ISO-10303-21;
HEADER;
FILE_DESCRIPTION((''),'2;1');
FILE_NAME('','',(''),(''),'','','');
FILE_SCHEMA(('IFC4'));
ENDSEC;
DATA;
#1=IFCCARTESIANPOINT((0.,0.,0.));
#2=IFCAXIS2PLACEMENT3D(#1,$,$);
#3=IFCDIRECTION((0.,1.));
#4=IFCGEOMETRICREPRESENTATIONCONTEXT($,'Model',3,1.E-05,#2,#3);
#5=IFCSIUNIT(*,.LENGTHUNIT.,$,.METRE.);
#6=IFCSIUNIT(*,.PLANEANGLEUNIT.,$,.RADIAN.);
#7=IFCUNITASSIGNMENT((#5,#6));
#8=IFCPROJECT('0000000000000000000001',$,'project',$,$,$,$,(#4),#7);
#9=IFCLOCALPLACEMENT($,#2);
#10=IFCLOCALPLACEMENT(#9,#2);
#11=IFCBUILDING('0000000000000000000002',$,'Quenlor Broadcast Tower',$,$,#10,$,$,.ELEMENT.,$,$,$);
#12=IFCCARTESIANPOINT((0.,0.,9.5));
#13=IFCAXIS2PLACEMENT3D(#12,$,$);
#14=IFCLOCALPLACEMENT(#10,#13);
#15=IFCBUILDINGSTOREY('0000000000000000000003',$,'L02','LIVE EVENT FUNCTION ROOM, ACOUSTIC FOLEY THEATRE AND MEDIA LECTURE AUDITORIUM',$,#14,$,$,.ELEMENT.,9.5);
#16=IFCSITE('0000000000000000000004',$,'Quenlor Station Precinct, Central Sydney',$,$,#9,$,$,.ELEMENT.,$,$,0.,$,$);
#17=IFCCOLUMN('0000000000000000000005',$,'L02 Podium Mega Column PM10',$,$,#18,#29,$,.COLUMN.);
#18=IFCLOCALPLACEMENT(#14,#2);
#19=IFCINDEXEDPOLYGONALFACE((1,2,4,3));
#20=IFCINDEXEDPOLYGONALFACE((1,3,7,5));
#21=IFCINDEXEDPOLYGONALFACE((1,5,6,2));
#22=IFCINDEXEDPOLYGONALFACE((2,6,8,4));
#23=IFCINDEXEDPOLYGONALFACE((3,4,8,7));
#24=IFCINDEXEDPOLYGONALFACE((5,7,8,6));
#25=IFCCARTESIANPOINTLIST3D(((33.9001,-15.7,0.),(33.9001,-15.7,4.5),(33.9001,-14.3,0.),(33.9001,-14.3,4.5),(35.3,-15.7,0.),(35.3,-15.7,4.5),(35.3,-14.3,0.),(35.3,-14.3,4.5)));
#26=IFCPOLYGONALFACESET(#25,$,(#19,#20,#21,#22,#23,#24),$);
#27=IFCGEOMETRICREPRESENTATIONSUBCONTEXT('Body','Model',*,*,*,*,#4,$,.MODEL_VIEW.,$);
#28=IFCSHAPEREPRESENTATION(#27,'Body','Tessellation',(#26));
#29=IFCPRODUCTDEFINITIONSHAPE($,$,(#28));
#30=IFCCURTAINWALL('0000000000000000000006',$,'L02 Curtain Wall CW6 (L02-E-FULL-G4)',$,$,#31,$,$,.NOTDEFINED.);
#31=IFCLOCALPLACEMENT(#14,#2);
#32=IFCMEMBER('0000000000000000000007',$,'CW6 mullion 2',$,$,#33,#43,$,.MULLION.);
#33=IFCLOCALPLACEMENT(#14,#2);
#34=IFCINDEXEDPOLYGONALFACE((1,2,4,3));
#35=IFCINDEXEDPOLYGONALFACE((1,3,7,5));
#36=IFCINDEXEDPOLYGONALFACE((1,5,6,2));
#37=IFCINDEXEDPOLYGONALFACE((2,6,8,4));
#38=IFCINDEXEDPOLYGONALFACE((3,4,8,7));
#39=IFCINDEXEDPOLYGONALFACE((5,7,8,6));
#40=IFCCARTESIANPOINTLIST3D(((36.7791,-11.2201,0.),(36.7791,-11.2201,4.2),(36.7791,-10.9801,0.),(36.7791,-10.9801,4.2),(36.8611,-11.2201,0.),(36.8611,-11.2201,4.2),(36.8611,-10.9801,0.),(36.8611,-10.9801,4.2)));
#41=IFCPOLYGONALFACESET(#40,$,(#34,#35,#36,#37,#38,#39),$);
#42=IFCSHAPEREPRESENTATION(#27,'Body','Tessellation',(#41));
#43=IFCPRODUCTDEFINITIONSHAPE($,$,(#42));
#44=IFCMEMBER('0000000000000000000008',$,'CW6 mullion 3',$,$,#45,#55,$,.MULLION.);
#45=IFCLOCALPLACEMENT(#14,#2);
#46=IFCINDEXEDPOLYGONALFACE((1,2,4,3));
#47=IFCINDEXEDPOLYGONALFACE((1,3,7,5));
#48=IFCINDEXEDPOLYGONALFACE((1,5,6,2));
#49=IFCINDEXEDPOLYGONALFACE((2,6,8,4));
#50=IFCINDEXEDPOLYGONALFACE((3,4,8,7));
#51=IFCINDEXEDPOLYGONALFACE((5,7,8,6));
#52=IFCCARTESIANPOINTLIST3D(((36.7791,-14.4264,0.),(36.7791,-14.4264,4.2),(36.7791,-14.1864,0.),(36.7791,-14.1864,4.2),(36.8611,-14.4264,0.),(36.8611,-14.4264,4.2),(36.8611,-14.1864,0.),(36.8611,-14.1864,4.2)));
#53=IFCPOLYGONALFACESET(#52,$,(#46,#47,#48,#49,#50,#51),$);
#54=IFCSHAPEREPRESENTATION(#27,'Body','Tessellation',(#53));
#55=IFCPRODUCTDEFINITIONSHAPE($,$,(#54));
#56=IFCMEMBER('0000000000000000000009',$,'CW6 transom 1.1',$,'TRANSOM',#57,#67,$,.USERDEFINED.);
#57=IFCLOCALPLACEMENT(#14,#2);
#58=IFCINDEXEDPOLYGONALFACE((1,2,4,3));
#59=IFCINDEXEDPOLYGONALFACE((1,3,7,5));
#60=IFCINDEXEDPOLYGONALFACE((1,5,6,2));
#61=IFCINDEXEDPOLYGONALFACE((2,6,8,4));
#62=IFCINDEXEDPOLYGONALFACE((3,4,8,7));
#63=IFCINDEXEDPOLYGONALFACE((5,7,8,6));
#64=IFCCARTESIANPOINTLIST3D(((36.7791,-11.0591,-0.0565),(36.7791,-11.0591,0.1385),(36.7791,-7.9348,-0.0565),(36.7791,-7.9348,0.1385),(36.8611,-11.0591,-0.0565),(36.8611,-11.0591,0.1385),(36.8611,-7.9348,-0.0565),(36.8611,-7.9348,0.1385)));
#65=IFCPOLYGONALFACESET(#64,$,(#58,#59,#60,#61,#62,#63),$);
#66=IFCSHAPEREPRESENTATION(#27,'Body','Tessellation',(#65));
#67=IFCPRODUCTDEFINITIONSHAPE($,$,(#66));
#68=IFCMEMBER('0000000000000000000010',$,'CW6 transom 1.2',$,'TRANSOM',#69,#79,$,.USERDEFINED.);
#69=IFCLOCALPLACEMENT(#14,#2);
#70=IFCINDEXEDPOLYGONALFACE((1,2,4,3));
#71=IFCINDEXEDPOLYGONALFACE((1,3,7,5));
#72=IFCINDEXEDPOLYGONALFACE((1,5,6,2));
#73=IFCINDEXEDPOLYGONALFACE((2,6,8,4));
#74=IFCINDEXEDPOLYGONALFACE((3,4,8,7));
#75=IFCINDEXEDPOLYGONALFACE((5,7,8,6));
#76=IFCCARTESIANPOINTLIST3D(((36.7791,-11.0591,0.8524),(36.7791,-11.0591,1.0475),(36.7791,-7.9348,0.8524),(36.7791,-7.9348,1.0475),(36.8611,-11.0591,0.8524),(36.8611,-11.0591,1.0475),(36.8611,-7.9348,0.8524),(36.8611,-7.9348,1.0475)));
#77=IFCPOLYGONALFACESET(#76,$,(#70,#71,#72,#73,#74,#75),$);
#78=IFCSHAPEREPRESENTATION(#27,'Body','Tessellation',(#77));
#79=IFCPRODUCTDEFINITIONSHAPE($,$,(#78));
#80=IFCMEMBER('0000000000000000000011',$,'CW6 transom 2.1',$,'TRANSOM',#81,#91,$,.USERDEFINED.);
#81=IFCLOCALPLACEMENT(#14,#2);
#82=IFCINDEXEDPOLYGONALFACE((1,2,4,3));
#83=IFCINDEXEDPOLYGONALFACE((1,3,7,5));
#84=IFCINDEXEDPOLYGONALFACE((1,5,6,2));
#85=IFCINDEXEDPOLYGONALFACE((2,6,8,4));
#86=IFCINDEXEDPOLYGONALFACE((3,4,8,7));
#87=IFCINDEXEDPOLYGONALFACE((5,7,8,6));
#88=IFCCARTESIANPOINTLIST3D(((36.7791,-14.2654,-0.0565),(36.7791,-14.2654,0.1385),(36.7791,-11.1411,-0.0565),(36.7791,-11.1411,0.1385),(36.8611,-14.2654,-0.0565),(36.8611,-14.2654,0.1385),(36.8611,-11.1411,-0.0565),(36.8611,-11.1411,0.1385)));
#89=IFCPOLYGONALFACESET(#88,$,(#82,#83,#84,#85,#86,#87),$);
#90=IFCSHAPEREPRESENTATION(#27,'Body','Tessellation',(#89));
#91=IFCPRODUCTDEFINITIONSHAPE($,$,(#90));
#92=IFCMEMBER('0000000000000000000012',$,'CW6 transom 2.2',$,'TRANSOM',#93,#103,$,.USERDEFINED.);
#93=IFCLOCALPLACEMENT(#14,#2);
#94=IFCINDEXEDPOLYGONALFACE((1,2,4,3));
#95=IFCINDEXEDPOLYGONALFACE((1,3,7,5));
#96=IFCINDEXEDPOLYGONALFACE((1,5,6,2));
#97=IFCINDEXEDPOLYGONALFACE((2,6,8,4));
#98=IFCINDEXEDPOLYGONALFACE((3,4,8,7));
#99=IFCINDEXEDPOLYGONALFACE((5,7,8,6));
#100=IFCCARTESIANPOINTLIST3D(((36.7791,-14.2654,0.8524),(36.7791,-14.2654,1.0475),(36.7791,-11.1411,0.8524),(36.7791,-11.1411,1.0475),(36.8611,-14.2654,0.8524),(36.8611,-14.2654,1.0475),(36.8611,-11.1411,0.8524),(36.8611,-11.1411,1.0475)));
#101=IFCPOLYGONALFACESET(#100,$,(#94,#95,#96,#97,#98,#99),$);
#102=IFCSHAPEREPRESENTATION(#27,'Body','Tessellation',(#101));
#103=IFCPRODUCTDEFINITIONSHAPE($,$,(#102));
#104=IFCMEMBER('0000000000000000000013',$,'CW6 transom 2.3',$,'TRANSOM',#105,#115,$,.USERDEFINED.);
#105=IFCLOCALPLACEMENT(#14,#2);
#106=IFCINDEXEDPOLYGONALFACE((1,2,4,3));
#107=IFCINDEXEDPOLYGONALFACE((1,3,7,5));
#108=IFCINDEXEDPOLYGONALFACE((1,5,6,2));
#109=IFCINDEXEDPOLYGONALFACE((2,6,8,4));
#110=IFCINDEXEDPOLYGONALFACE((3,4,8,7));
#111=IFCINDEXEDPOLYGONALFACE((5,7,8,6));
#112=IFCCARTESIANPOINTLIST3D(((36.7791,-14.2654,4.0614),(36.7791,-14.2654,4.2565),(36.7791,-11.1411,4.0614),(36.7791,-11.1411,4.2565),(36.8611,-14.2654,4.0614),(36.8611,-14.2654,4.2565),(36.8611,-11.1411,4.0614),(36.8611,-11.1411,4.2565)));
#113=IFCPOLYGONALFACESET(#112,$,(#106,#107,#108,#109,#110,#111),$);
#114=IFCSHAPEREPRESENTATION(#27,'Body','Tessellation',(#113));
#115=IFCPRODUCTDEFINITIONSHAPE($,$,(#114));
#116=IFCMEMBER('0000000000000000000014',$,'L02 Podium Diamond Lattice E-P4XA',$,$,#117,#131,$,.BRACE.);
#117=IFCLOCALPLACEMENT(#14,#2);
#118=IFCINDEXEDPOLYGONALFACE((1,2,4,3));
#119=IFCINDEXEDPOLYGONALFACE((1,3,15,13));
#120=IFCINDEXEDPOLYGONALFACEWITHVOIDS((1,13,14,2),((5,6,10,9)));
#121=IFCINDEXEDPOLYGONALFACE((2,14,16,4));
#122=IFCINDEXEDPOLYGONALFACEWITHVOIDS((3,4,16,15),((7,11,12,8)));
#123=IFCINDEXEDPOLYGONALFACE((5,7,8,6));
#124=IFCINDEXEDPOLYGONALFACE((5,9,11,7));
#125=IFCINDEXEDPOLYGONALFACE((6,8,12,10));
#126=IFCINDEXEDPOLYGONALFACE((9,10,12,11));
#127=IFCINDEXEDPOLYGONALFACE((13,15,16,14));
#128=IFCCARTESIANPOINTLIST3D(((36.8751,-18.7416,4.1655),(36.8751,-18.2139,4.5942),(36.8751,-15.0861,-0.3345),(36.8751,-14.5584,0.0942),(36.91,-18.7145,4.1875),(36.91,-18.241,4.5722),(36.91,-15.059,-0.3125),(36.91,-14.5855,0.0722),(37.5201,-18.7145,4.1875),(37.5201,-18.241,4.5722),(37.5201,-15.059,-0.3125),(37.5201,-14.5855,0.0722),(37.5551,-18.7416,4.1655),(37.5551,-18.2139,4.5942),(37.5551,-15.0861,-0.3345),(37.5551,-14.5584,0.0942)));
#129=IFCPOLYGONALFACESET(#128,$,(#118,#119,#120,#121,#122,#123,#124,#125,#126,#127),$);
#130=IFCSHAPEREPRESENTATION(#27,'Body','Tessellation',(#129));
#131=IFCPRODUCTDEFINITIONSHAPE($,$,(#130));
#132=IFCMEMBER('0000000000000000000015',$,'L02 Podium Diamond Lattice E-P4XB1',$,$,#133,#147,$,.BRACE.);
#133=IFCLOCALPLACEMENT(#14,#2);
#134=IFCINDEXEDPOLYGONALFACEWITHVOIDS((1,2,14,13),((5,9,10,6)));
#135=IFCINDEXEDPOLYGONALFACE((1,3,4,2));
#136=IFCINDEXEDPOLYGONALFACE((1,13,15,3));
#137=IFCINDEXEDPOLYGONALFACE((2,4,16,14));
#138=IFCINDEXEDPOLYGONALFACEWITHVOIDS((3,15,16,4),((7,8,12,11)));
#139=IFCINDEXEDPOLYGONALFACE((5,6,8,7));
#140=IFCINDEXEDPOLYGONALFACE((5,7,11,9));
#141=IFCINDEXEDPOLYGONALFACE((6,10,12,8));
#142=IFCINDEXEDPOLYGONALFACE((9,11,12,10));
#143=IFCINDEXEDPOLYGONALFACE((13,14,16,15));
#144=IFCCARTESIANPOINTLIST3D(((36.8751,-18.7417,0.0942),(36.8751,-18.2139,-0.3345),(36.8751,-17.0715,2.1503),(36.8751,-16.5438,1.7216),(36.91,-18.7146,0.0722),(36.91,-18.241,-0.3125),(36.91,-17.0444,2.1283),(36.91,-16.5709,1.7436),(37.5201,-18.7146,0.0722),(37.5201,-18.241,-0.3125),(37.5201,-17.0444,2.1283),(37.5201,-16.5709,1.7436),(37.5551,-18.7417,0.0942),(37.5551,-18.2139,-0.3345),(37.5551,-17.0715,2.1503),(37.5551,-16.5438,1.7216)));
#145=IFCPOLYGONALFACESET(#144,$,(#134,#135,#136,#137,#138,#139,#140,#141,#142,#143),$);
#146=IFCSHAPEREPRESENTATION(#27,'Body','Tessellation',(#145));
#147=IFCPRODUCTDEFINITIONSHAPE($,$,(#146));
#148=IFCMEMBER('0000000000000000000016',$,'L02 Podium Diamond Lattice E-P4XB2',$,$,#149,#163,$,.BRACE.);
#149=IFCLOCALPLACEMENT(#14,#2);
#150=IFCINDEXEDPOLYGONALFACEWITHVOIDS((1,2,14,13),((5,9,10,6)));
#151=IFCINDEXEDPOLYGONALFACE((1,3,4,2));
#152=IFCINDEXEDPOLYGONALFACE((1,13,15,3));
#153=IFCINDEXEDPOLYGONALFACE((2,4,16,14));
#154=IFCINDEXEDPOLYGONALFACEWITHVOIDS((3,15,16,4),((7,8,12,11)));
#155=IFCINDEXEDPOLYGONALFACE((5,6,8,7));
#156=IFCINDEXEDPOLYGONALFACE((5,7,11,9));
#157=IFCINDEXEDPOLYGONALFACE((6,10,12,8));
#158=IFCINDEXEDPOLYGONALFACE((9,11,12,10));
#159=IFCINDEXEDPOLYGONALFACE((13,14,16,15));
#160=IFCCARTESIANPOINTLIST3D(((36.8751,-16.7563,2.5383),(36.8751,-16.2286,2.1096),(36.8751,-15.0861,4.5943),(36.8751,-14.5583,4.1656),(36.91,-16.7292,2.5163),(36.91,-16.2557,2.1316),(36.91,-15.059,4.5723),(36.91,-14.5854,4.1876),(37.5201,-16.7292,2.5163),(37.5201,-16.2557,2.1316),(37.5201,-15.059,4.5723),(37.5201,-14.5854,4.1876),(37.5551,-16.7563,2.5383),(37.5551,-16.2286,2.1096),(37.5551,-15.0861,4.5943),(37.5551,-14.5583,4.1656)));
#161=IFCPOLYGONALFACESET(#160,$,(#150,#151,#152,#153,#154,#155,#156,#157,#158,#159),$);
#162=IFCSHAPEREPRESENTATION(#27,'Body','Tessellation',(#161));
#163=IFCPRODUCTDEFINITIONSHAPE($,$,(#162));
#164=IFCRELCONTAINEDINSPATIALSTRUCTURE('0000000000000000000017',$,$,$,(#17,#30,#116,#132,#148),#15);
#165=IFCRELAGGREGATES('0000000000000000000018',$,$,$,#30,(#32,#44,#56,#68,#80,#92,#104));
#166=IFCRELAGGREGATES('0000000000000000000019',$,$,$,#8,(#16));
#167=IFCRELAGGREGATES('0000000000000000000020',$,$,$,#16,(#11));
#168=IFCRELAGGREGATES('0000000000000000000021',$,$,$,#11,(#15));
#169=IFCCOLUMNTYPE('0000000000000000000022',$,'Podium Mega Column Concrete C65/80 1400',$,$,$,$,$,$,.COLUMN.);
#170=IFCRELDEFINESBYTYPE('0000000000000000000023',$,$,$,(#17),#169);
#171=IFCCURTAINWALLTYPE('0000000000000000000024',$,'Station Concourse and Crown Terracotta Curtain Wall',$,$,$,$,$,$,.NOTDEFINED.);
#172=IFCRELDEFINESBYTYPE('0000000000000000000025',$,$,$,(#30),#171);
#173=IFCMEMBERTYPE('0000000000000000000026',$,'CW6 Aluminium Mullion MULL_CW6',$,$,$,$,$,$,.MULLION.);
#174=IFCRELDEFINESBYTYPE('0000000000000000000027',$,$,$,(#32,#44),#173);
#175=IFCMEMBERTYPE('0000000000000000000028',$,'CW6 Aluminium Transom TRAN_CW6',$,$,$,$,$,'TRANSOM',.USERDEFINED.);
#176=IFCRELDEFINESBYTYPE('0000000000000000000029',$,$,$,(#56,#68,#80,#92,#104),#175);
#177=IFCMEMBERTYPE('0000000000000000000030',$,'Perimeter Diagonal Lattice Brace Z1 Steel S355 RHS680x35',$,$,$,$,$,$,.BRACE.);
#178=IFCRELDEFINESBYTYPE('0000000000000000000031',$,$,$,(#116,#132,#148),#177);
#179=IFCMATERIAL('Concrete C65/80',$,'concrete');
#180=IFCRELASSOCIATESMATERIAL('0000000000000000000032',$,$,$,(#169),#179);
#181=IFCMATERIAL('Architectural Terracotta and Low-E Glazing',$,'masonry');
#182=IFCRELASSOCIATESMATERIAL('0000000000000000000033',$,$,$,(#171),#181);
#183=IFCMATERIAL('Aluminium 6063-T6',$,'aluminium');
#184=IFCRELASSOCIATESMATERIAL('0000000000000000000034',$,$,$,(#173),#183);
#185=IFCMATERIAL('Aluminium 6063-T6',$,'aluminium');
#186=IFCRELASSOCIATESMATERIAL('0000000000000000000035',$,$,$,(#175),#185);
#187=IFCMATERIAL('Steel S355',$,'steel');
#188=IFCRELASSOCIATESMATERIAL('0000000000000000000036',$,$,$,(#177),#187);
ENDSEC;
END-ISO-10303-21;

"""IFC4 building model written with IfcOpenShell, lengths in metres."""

from ifc_helpers import new_model, si_unit, direction, frame, origin, origin_2d, place, context, subcontext, project, spatial, rectangle, hollow_rectangle, extrude, material, material_profile, profile_set, type_object, element, aggregate, save


model = new_model("IFC4")

# Units and contexts
model_context = context("Model", 3, precision=1e-05, world=origin(), true_north=direction((0.0, 1.0)))
body_context = subcontext(model_context, "Body", "Model", "MODEL_VIEW")
ifc_project = project(units=[si_unit("LENGTHUNIT", "METRE"), si_unit("PLANEANGLEUNIT", "RADIAN")], contexts=[model_context])

# Site, building, storey
site_placement = place(None, origin())
site = spatial("IfcSite", under=ifc_project, at=site_placement, Name="Quenlor Station Precinct, Central Sydney", CompositionType="ELEMENT", RefElevation=0.0)
building_placement = place(site_placement, origin())
building = spatial("IfcBuilding", under=site, at=building_placement, Name="Quenlor Broadcast Tower", CompositionType="ELEMENT")
storey_placement = place(building_placement, frame((0.0, 0.0, 9.5)))
storey = spatial("IfcBuildingStorey", under=building, at=storey_placement, Name="L02", Description="LIVE EVENT FUNCTION ROOM, ACOUSTIC FOLEY THEATRE AND MEDIA LECTURE AUDITORIUM", CompositionType="ELEMENT", Elevation=9.5)

# Column
ifc_material_1 = material(Name="Concrete C65/80", Category="concrete")
ifc_material_profile_1 = material_profile(ifc_material_1, rectangle(XDim=1.3999, YDim=1.3999, at=origin_2d()))
ifc_profile_set_1 = profile_set([ifc_material_profile_1], Name="Concrete C65/80 RC1400x1400")
column_type = type_object("IfcColumnType", Name="Podium Mega Column Concrete C65/80 1400", PredefinedType="COLUMN", material=ifc_profile_set_1)
column_placement = place(storey_placement, frame((34.6001, -15.0, 0.0), z_axis=(0.0, 0.0, 1.0), x_axis=(1.0, 0.0, 0.0)))
element("IfcColumn", 1, at=column_placement, inside=storey, type_object=column_type, Name="L02 Podium Mega Column PM10", PredefinedType="COLUMN", context=body_context, shape_type="SweptSolid", body=[
    extrude(rectangle(XDim=1.3999, YDim=1.3999, at=origin_2d()), origin(), (0.0, 0.0, 1.0), 4.5),
])

# Curtain wall, members
ifc_material_2 = material(Name="Architectural Terracotta and Low-E Glazing", Category="masonry")
curtain_wall_type = type_object("IfcCurtainWallType", Name="Station Concourse and Crown Terracotta Curtain Wall", PredefinedType="NOTDEFINED", material=ifc_material_2)
curtain_wall_placement = place(storey_placement, origin())
curtain_wall = element("IfcCurtainWall", 2, at=curtain_wall_placement, inside=storey, type_object=curtain_wall_type, Name="L02 Curtain Wall CW6 (L02-E-FULL-G4)", PredefinedType="NOTDEFINED")
ifc_material_3 = material(Name="Aluminium 6063-T6", Category="aluminium")
ifc_material_profile_2 = material_profile(ifc_material_3, rectangle(XDim=0.082, YDim=0.24, at=origin_2d()))
ifc_profile_set_2 = profile_set([ifc_material_profile_2], Name="Aluminium 6063-T6 MULL82x240")
member_type_1 = type_object("IfcMemberType", Name="CW6 Aluminium Mullion MULL_CW6", PredefinedType="MULLION", material=ifc_profile_set_2)
member_1_placement = place(storey_placement, frame((36.8201, -11.1001, 0.0), z_axis=(0.0, 0.0, 1.0), x_axis=(1.0, 0.0, 0.0)))
member_1 = element("IfcMember", 3, at=member_1_placement, type_object=member_type_1, Name="CW6 mullion 2", PredefinedType="MULLION", context=body_context, shape_type="SweptSolid", body=[
    extrude(rectangle(XDim=0.082, YDim=0.24, at=origin_2d()), origin(), (0.0, 0.0, 1.0), 4.2),
])
member_2_placement = place(storey_placement, frame((36.8201, -14.3064, 0.0), z_axis=(0.0, 0.0, 1.0), x_axis=(1.0, 0.0, 0.0)))
member_2 = element("IfcMember", 4, at=member_2_placement, type_object=member_type_1, Name="CW6 mullion 3", PredefinedType="MULLION", context=body_context, shape_type="SweptSolid", body=[
    extrude(rectangle(XDim=0.082, YDim=0.24, at=origin_2d()), origin(), (0.0, 0.0, 1.0), 4.2),
])
ifc_material_4 = material(Name="Aluminium 6063-T6", Category="aluminium")
ifc_material_profile_3 = material_profile(ifc_material_4, rectangle(XDim=0.082, YDim=0.1951, at=origin_2d()))
ifc_profile_set_3 = profile_set([ifc_material_profile_3], Name="Aluminium 6063-T6 TRAN82x195")
member_type_2 = type_object("IfcMemberType", Name="CW6 Aluminium Transom TRAN_CW6", ElementType="TRANSOM", PredefinedType="USERDEFINED", material=ifc_profile_set_3)
member_3_placement = place(storey_placement, frame((36.8201, -7.9348, 0.041), z_axis=(0.0, -1.0, 0.0), x_axis=(1.0, 0.0, 0.0)))
member_3 = element("IfcMember", 5, at=member_3_placement, type_object=member_type_2, Name="CW6 transom 1.1", ObjectType="TRANSOM", PredefinedType="USERDEFINED", context=body_context, shape_type="SweptSolid", body=[
    extrude(rectangle(XDim=0.082, YDim=0.1951, at=origin_2d()), origin(), (0.0, 0.0, 1.0), 3.1243),
])
member_4_placement = place(storey_placement, frame((36.8201, -7.9348, 0.95), z_axis=(0.0, -1.0, 0.0), x_axis=(1.0, 0.0, 0.0)))
member_4 = element("IfcMember", 6, at=member_4_placement, type_object=member_type_2, Name="CW6 transom 1.2", ObjectType="TRANSOM", PredefinedType="USERDEFINED", context=body_context, shape_type="SweptSolid", body=[
    extrude(rectangle(XDim=0.082, YDim=0.1951, at=origin_2d()), origin(), (0.0, 0.0, 1.0), 3.1243),
])
member_5_placement = place(storey_placement, frame((36.8201, -11.1411, 0.041), z_axis=(0.0, -1.0, 0.0), x_axis=(1.0, 0.0, 0.0)))
member_5 = element("IfcMember", 7, at=member_5_placement, type_object=member_type_2, Name="CW6 transom 2.1", ObjectType="TRANSOM", PredefinedType="USERDEFINED", context=body_context, shape_type="SweptSolid", body=[
    extrude(rectangle(XDim=0.082, YDim=0.1951, at=origin_2d()), origin(), (0.0, 0.0, 1.0), 3.1243),
])
member_6_placement = place(storey_placement, frame((36.8201, -11.1411, 0.95), z_axis=(0.0, -1.0, 0.0), x_axis=(1.0, 0.0, 0.0)))
member_6 = element("IfcMember", 8, at=member_6_placement, type_object=member_type_2, Name="CW6 transom 2.2", ObjectType="TRANSOM", PredefinedType="USERDEFINED", context=body_context, shape_type="SweptSolid", body=[
    extrude(rectangle(XDim=0.082, YDim=0.1951, at=origin_2d()), origin(), (0.0, 0.0, 1.0), 3.1243),
])
member_7_placement = place(storey_placement, frame((36.8201, -11.1411, 4.1589), z_axis=(0.0, -1.0, 0.0), x_axis=(1.0, 0.0, 0.0)))
member_7 = element("IfcMember", 9, at=member_7_placement, type_object=member_type_2, Name="CW6 transom 2.3", ObjectType="TRANSOM", PredefinedType="USERDEFINED", context=body_context, shape_type="SweptSolid", body=[
    extrude(rectangle(XDim=0.082, YDim=0.1951, at=origin_2d()), origin(), (0.0, 0.0, 1.0), 3.1243),
])

# Members
ifc_material_5 = material(Name="Steel S355", Category="steel")
ifc_material_profile_4 = material_profile(ifc_material_5, hollow_rectangle(XDim=0.6799, YDim=0.6799, WallThickness=0.0349, at=origin_2d()))
ifc_profile_set_4 = profile_set([ifc_material_profile_4], Name="Steel S355 RHS680x680x35")
member_type_3 = type_object("IfcMemberType", Name="Perimeter Diagonal Lattice Brace Z1 Steel S355 RHS680x35", PredefinedType="BRACE", material=ifc_profile_set_4)
member_8_placement = place(storey_placement, frame((37.2151, -14.8223, -0.1201), z_axis=(0.0, -0.630517, 0.776176), x_axis=(1.0, 0.0, 0.0)))
element("IfcMember", 10, at=member_8_placement, inside=storey, type_object=member_type_3, Name="L02 Podium Diamond Lattice E-P4XA", PredefinedType="BRACE", context=body_context, shape_type="SweptSolid", body=[
    extrude(hollow_rectangle(XDim=0.6799, YDim=0.6799, WallThickness=0.0349, at=origin_2d()), origin(), (0.0, 0.0, 1.0), 5.7976),
])
for number, where, z_axis, x_axis, name in (
    (11, (37.2151, -18.4778, -0.1201), (0.0, 0.630489, 0.776199), (-1.0, 0.0, 0.0), "L02 Podium Diamond Lattice E-P4XB1"),
    (12, (37.2151, -16.4924, 2.324), (0.0, 0.630534, 0.776162), (-1.0, 0.0, 0.0), "L02 Podium Diamond Lattice E-P4XB2"),
):
    element("IfcMember", number, at=place(storey_placement, frame(where, z_axis=z_axis, x_axis=x_axis)), inside=storey, type_object=member_type_3, Name=name, PredefinedType="BRACE", context=body_context, shape_type="SweptSolid", body=[
        extrude(hollow_rectangle(XDim=0.6799, YDim=0.6799, WallThickness=0.0349, at=origin_2d()), origin(), (0.0, 0.0, 1.0), 2.6489),
    ])

aggregate(curtain_wall, [member_1, member_2, member_3, member_4, member_5, member_6, member_7])

save(model, "model.ifc")
